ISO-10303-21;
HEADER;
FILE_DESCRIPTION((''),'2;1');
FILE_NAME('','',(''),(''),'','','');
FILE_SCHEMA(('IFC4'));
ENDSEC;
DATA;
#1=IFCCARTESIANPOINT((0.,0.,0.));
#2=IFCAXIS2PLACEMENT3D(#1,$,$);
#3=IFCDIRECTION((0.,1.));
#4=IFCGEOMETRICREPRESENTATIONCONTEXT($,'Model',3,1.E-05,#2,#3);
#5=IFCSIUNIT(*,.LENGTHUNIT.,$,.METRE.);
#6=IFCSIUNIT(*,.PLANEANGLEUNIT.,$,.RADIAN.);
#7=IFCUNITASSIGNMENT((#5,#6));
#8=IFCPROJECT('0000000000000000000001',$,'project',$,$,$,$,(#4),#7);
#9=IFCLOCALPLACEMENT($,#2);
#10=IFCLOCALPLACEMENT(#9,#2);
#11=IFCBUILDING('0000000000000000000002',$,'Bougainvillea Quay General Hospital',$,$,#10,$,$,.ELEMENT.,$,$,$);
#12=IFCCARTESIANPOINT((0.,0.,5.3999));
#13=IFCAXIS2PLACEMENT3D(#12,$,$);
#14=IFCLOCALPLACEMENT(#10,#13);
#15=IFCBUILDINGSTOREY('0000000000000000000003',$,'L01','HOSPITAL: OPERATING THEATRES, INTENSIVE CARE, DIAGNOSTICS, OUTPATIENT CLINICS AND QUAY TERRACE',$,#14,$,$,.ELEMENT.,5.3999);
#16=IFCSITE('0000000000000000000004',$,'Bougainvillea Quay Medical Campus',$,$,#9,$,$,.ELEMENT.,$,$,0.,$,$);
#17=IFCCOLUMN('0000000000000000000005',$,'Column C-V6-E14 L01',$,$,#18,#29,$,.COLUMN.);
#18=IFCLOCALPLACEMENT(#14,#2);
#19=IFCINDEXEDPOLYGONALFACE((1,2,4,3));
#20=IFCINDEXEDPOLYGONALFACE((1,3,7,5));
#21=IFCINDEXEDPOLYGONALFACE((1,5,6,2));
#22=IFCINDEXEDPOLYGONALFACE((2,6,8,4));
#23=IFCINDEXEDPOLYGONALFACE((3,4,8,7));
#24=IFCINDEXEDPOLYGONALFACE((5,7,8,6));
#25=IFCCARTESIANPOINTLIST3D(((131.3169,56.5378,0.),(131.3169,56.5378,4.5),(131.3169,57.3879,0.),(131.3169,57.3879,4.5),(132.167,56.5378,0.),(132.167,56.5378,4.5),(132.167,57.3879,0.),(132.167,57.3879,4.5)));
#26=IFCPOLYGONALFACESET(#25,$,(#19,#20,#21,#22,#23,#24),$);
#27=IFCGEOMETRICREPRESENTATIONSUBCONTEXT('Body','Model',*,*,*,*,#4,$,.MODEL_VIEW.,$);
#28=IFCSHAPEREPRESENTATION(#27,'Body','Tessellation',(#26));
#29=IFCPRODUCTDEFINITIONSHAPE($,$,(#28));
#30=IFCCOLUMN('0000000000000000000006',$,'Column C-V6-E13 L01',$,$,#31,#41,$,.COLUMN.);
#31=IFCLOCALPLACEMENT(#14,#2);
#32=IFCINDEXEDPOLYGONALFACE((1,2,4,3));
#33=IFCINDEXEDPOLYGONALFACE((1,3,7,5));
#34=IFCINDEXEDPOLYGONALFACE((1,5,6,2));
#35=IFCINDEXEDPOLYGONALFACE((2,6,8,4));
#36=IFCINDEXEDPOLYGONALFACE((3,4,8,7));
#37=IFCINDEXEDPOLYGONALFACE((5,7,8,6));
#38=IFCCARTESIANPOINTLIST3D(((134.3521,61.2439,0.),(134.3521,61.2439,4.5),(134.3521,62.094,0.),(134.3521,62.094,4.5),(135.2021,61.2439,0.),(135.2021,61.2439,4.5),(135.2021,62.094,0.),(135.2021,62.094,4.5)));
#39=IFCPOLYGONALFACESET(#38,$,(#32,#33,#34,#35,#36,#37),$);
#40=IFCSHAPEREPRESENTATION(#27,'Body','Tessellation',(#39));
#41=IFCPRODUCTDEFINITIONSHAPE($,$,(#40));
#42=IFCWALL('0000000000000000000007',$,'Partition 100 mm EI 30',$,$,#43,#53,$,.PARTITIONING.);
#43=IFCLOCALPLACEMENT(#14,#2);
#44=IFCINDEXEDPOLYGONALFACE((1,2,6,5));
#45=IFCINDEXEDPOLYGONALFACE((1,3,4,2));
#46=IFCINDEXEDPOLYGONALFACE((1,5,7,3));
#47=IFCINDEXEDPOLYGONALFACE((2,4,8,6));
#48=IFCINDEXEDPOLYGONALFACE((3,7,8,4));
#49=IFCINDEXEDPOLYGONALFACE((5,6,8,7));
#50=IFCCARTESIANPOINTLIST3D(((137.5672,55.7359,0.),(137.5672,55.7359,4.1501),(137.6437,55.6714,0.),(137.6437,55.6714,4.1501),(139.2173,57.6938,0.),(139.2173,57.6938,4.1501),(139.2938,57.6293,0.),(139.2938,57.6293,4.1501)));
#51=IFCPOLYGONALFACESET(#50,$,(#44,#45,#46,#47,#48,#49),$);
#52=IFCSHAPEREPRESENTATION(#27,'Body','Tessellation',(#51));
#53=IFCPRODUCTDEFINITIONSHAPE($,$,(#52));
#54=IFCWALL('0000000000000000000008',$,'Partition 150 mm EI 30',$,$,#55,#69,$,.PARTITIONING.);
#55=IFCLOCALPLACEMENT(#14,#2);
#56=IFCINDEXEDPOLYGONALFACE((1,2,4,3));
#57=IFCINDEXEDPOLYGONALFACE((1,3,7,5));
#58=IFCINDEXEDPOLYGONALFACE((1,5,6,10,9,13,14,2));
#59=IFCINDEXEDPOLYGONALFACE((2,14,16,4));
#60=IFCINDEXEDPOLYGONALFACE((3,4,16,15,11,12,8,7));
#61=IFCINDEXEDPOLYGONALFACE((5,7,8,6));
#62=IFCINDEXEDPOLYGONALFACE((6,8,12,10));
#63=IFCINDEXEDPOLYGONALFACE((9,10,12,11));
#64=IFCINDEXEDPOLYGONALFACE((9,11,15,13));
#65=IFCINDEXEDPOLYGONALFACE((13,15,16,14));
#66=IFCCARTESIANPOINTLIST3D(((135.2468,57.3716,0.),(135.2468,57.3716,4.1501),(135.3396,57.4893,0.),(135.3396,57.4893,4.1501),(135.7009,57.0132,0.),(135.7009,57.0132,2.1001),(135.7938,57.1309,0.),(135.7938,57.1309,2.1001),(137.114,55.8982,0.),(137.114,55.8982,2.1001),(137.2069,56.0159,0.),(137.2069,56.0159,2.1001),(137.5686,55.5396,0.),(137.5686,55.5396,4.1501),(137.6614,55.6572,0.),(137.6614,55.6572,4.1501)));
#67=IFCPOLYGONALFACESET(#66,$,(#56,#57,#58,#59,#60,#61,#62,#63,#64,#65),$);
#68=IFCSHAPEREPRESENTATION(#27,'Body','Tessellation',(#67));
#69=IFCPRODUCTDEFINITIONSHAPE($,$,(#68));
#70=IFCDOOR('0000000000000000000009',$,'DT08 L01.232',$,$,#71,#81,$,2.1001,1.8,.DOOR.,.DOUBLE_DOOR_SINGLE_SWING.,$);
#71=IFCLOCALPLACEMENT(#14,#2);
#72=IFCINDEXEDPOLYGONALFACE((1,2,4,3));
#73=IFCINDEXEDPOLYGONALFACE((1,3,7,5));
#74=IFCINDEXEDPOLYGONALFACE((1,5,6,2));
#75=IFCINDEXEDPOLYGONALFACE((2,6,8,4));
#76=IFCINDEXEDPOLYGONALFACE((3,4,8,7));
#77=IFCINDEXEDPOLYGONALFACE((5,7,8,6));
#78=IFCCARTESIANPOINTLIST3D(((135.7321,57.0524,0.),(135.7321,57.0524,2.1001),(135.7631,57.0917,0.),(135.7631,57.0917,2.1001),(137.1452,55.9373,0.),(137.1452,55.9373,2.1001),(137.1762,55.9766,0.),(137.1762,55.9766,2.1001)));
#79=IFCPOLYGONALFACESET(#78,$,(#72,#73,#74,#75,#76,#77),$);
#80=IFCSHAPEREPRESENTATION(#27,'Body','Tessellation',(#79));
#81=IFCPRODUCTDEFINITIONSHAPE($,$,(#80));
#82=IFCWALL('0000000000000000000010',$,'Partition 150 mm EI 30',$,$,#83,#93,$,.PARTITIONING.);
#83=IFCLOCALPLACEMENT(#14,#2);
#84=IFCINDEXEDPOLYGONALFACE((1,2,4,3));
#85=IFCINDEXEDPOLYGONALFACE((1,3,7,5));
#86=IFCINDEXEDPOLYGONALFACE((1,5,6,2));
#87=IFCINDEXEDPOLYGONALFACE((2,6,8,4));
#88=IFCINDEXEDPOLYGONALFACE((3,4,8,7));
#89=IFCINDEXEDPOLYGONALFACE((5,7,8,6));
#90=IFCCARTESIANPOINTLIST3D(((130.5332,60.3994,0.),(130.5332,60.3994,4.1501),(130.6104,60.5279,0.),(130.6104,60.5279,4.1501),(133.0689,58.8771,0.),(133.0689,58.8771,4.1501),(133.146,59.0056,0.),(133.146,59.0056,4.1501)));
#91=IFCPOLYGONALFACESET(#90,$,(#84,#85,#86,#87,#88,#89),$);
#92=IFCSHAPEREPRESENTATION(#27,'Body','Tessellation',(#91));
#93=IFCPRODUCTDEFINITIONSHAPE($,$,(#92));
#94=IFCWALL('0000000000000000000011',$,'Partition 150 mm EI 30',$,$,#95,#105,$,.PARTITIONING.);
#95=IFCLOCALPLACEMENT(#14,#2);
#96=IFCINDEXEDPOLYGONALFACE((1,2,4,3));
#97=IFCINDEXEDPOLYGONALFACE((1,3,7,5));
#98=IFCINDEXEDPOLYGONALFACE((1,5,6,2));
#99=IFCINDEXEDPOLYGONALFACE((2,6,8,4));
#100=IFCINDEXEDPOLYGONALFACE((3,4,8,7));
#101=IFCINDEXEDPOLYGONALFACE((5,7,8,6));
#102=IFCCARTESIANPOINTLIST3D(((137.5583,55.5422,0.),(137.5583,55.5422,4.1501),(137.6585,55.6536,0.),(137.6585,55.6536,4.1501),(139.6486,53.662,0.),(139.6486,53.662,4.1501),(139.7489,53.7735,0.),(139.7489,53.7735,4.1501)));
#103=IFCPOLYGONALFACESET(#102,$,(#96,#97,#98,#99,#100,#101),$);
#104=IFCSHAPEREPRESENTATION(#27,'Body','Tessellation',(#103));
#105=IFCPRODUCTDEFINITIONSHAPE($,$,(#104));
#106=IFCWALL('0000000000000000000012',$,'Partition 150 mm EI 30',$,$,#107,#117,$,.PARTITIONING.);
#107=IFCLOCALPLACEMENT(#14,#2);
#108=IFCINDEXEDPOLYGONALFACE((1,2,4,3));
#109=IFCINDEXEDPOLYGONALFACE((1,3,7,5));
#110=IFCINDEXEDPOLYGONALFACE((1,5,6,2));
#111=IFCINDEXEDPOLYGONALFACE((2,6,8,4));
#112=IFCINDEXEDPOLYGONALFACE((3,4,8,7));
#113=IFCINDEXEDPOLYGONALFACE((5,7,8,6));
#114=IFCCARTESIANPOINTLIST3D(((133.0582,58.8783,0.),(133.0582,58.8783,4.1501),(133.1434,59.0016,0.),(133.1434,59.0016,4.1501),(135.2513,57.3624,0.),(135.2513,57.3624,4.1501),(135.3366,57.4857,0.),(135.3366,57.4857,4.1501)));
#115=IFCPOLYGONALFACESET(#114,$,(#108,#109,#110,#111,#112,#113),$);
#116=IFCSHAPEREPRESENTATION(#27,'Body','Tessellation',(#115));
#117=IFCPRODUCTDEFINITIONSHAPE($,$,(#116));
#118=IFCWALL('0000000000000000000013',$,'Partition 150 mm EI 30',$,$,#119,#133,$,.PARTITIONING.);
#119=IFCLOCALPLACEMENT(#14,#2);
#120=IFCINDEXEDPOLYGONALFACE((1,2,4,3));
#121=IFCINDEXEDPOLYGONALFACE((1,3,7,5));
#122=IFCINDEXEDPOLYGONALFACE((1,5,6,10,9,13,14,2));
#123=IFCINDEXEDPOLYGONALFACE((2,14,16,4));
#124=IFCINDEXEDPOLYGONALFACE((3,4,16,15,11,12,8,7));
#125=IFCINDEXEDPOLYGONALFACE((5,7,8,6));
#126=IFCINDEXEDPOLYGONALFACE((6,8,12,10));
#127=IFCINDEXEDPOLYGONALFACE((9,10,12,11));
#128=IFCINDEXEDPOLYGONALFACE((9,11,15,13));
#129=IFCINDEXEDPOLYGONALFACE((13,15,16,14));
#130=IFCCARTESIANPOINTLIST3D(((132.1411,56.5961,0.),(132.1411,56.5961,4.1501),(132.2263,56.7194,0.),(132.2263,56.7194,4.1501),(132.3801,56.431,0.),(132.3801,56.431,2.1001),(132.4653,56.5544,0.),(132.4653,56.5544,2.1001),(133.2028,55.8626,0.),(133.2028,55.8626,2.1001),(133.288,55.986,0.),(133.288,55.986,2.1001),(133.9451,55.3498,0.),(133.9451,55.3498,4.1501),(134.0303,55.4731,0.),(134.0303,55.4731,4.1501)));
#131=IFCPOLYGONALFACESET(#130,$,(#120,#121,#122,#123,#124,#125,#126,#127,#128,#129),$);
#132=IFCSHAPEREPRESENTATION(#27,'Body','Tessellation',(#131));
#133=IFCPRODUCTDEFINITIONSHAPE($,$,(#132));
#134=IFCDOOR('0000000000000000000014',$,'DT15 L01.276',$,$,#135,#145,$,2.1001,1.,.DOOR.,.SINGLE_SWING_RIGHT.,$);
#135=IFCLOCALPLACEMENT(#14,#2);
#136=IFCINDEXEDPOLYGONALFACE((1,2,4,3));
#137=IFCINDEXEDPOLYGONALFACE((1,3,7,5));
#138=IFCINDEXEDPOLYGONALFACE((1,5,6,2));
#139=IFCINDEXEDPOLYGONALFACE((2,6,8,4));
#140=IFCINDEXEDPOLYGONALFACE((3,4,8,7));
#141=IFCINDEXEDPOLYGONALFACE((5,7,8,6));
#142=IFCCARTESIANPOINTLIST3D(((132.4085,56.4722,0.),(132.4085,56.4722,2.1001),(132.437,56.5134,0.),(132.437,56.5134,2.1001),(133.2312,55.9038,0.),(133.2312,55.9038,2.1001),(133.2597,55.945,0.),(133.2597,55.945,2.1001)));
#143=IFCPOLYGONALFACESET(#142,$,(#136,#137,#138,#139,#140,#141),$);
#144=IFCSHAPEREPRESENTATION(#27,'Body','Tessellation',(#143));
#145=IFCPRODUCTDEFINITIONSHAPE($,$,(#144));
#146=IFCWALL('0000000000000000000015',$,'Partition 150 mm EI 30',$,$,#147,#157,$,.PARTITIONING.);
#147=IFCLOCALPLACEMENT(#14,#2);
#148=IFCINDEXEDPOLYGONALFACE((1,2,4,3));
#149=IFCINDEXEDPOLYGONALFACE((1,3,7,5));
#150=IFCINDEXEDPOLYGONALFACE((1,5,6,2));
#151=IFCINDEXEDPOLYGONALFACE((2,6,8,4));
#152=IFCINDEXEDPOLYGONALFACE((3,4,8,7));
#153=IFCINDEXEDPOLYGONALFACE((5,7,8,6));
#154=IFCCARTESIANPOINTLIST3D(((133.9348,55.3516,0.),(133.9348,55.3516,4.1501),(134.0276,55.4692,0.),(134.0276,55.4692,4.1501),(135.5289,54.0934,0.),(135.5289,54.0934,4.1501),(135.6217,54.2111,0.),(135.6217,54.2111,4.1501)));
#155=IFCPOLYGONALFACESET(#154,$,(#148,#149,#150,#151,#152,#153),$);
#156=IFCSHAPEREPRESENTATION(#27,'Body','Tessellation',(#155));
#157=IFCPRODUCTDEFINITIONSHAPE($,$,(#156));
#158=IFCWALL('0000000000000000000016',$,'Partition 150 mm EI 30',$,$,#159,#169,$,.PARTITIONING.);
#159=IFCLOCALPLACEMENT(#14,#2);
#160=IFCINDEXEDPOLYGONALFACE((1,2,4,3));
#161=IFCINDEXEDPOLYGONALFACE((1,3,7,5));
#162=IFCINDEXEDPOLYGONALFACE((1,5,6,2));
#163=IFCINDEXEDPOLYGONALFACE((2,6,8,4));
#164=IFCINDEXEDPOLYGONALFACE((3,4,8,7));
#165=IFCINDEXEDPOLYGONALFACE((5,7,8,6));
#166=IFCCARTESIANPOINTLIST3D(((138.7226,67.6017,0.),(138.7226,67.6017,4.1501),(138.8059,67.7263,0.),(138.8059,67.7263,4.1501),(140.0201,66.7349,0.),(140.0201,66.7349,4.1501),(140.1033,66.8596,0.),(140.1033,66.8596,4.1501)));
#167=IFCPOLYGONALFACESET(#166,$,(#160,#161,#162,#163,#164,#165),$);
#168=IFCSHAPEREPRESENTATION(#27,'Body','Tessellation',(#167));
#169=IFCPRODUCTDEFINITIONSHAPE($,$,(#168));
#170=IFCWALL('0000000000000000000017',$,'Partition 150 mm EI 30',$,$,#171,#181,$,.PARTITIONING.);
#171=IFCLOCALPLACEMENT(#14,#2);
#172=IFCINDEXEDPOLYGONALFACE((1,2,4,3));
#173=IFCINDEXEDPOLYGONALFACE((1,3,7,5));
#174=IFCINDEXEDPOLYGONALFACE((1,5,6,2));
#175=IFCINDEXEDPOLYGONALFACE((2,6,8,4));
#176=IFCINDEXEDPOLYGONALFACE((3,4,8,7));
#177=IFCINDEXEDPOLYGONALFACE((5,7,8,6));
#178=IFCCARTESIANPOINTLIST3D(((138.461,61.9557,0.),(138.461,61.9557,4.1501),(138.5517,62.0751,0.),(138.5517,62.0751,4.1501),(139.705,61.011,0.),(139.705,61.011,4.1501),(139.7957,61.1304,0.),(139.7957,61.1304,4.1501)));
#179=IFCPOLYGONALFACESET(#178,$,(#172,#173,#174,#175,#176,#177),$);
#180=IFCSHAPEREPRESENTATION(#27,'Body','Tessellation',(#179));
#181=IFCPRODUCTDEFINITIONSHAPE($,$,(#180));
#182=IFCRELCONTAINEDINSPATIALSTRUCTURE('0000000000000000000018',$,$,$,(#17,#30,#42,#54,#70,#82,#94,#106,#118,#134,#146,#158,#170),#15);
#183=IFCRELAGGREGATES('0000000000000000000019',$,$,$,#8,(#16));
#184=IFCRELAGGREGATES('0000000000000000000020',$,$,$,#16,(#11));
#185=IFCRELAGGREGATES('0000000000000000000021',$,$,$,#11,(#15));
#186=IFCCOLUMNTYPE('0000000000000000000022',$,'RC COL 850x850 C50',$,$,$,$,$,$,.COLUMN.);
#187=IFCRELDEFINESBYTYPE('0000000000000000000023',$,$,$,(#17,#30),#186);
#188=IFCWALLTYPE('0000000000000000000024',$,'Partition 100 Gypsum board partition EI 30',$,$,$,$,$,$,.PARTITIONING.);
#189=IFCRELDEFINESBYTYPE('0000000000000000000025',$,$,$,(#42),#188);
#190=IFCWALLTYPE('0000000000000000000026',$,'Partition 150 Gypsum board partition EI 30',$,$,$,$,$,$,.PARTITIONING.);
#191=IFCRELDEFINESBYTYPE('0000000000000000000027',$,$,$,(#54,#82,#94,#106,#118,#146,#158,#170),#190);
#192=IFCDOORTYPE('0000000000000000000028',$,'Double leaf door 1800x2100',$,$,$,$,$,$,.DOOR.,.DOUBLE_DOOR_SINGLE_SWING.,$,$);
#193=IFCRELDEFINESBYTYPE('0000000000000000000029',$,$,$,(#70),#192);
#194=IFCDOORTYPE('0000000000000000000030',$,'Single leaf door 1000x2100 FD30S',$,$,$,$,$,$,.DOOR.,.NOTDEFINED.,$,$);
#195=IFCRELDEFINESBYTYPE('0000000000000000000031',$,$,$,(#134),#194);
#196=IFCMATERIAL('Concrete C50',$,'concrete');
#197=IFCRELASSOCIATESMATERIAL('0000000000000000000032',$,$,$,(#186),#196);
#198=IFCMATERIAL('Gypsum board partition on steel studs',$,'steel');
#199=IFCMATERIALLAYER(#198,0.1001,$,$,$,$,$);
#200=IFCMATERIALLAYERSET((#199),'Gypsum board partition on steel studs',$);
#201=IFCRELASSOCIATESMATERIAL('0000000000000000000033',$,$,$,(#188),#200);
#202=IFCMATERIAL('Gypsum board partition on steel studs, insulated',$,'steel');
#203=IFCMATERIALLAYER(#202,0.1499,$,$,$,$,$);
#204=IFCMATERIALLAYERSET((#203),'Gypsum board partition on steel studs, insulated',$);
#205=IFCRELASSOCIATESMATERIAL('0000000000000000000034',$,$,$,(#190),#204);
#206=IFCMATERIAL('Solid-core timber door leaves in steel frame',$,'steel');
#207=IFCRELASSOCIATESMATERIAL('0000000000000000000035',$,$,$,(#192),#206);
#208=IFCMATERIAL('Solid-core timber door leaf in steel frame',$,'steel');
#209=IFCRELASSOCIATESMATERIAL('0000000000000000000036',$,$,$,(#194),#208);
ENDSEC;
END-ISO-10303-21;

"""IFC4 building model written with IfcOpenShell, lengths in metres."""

from ifc_helpers import new_model, si_unit, direction, frame, frame_2d, origin, origin_2d, place, context, subcontext, project, spatial, rectangle, extrude, material, layer, layer_set, material_profile, profile_set, type_object, element, fill, save


model = new_model("IFC4")

# Units and contexts
model_context = context("Model", 3, precision=1e-05, world=origin(), true_north=direction((0.0, 1.0)))
body_context = subcontext(model_context, "Body", "Model", "MODEL_VIEW")
ifc_project = project(units=[si_unit("LENGTHUNIT", "METRE"), si_unit("PLANEANGLEUNIT", "RADIAN")], contexts=[model_context])

# Site, building, storey
site_placement = place(None, origin())
site = spatial("IfcSite", under=ifc_project, at=site_placement, Name="Bougainvillea Quay Medical Campus", CompositionType="ELEMENT", RefElevation=0.0)
building_placement = place(site_placement, origin())
building = spatial("IfcBuilding", under=site, at=building_placement, Name="Bougainvillea Quay General Hospital", CompositionType="ELEMENT")
storey_placement = place(building_placement, frame((0.0, 0.0, 5.3999)))
storey = spatial("IfcBuildingStorey", under=building, at=storey_placement, Name="L01", Description="HOSPITAL: OPERATING THEATRES, INTENSIVE CARE, DIAGNOSTICS, OUTPATIENT CLINICS AND QUAY TERRACE", CompositionType="ELEMENT", Elevation=5.3999)

# Columns
ifc_material_1 = material(Name="Concrete C50", Category="concrete")
ifc_material_profile = material_profile(ifc_material_1, rectangle(XDim=0.8501, YDim=0.8501, at=origin_2d()))
ifc_profile_set = profile_set([ifc_material_profile], Name="Concrete C50")
column_type = type_object("IfcColumnType", Name="RC COL 850x850 C50", PredefinedType="COLUMN", material=ifc_profile_set)
for number, where, z_axis, x_axis, name in (
    (1, (131.7419, 56.9629, 0.0), (0.0, 0.0, 1.0), (1.0, 0.0, 0.0), "Column C-V6-E14 L01"),
    (2, (134.7771, 61.6689, 0.0), (0.0, 0.0, 1.0), (1.0, 0.0, 0.0), "Column C-V6-E13 L01"),
):
    element("IfcColumn", number, at=place(storey_placement, frame(where, z_axis=z_axis, x_axis=x_axis)), inside=storey, type_object=column_type, Name=name, PredefinedType="COLUMN", context=body_context, shape_type="SweptSolid", body=[
        extrude(rectangle(XDim=0.8501, YDim=0.8501, at=origin_2d()), origin(), (0.0, 0.0, 1.0), 4.5),
    ])

# Wall
ifc_material_2 = material(Name="Gypsum board partition on steel studs", Category="steel")
ifc_layer_1 = layer(ifc_material_2, 0.1001)
ifc_layer_set_1 = layer_set([ifc_layer_1], Name="Gypsum board partition on steel studs")
wall_type_1 = type_object("IfcWallType", Name="Partition 100 Gypsum board partition EI 30", PredefinedType="PARTITIONING", material=ifc_layer_set_1)
wall_1_placement = place(storey_placement, frame((137.6055, 55.7036, 0.0), z_axis=(0.0, 0.0, 1.0), x_axis=(0.644432, 0.764661, 0.0)))
element("IfcWall", 3, at=wall_1_placement, inside=storey, type_object=wall_type_1, Name="Partition 100 mm EI 30", PredefinedType="PARTITIONING", context=body_context, shape_type="SweptSolid", body=[
    extrude(rectangle(XDim=2.5605, YDim=0.1001, at=frame_2d((1.2803, 0.0))), origin(), (0.0, 0.0, 1.0), 4.1501),
])

# Wall, opening, door
ifc_material_3 = material(Name="Gypsum board partition on steel studs, insulated", Category="steel")
ifc_layer_2 = layer(ifc_material_3, 0.1499)
ifc_layer_set_2 = layer_set([ifc_layer_2], Name="Gypsum board partition on steel studs, insulated")
wall_type_2 = type_object("IfcWallType", Name="Partition 150 Gypsum board partition EI 30", PredefinedType="PARTITIONING", material=ifc_layer_set_2)
wall_2_placement = place(storey_placement, frame((135.2932, 57.4304, 0.0), z_axis=(0.0, 0.0, 1.0), x_axis=(0.785039, -0.619446, 0.0)))
wall_2 = element("IfcWall", 4, at=wall_2_placement, inside=storey, type_object=wall_type_2, Name="Partition 150 mm EI 30", PredefinedType="PARTITIONING", context=body_context, shape_type="SweptSolid", body=[
    extrude(rectangle(XDim=2.9575, YDim=0.1499, at=frame_2d((1.4788, 0.0))), origin(), (0.0, 0.0, 1.0), 4.1501),
])
opening_1_placement = place(wall_2_placement, frame((0.5786, 0.0, 0.0)))
opening_1 = element("IfcOpeningElement", 5, at=opening_1_placement, cuts=wall_2, PredefinedType="OPENING", context=body_context, shape_type="SweptSolid", body=[
    extrude(rectangle(XDim=1.8, YDim=2.1001, at=frame_2d((0.8999, 1.05))), frame((0.0, 0.085, 0.0), z_axis=(0.0, -1.0, 0.0), x_axis=(1.0, 0.0, 0.0)), (0.0, 0.0, 1.0), 0.1699),
])
ifc_material_4 = material(Name="Solid-core timber door leaves in steel frame", Category="steel")
door_type_1 = type_object("IfcDoorType", Name="Double leaf door 1800x2100", OperationType="DOUBLE_DOOR_SINGLE_SWING", PredefinedType="DOOR", material=ifc_material_4)
door_1_placement = place(opening_1_placement, frame((1.8, 0.0, 0.0), z_axis=(0.0, 0.0, 1.0), x_axis=(-1.0, 0.0, 0.0)))
door_1 = element("IfcDoor", 6, at=door_1_placement, inside=storey, type_object=door_type_1, Name="DT08 L01.232", OperationType="DOUBLE_DOOR_SINGLE_SWING", OverallHeight=2.1001, OverallWidth=1.8, PredefinedType="DOOR", context=body_context, shape_type="SweptSolid", body=[
    extrude(rectangle(XDim=1.8, YDim=2.1001, at=frame_2d((0.8999, 1.05))), frame((0.0, 0.0249, 0.0), z_axis=(0.0, -1.0, 0.0), x_axis=(1.0, 0.0, 0.0)), (0.0, 0.0, 1.0), 0.05),
])
fill(opening_1, door_1)

# Walls
wall_3_placement = place(storey_placement, frame((130.5718, 60.4636, 0.0), z_axis=(0.0, 0.0, 1.0), x_axis=(0.857369, -0.514702, 0.0)))
element("IfcWall", 7, at=wall_3_placement, inside=storey, type_object=wall_type_2, Name="Partition 150 mm EI 30", PredefinedType="PARTITIONING", context=body_context, shape_type="SweptSolid", body=[
    extrude(rectangle(XDim=2.9575, YDim=0.1499, at=frame_2d((1.4788, 0.0))), origin(), (0.0, 0.0, 1.0), 4.1501),
])
wall_4_placement = place(storey_placement, frame((137.6084, 55.5979, 0.0), z_axis=(0.0, 0.0, 1.0), x_axis=(0.743501, -0.668734, 0.0)))
element("IfcWall", 8, at=wall_4_placement, inside=storey, type_object=wall_type_2, Name="Partition 150 mm EI 30", PredefinedType="PARTITIONING", context=body_context, shape_type="SweptSolid", body=[
    extrude(rectangle(XDim=2.8115, YDim=0.1499, at=frame_2d((1.4058, 0.0))), origin(), (0.0, 0.0, 1.0), 4.1501),
])
wall_5_placement = place(storey_placement, frame((133.1008, 58.9399, 0.0), z_axis=(0.0, 0.0, 1.0), x_axis=(0.822621, -0.568591, 0.0)))
element("IfcWall", 9, at=wall_5_placement, inside=storey, type_object=wall_type_2, Name="Partition 150 mm EI 30", PredefinedType="PARTITIONING", context=body_context, shape_type="SweptSolid", body=[
    extrude(rectangle(XDim=2.666, YDim=0.1499, at=frame_2d((1.333, 0.0))), origin(), (0.0, 0.0, 1.0), 4.1501),
])

# Wall, opening, door
wall_6_placement = place(storey_placement, frame((132.1838, 56.6577, 0.0), z_axis=(0.0, 0.0, 1.0), x_axis=(0.822737, -0.568422, 0.0)))
wall_6 = element("IfcWall", 10, at=wall_6_placement, inside=storey, type_object=wall_type_2, Name="Partition 150 mm EI 30", PredefinedType="PARTITIONING", context=body_context, shape_type="SweptSolid", body=[
    extrude(rectangle(XDim=2.1926, YDim=0.1499, at=frame_2d((1.0962, 0.0))), origin(), (0.0, 0.0, 1.0), 4.1501),
])
opening_2_placement = place(wall_6_placement, frame((0.2903, 0.0, 0.0)))
opening_2 = element("IfcOpeningElement", 11, at=opening_2_placement, cuts=wall_6, PredefinedType="OPENING", context=body_context, shape_type="SweptSolid", body=[
    extrude(rectangle(XDim=1.0, YDim=2.1001, at=frame_2d((0.5, 1.05))), frame((0.0, 0.085, 0.0), z_axis=(0.0, -1.0, 0.0), x_axis=(1.0, 0.0, 0.0)), (0.0, 0.0, 1.0), 0.1699),
])
ifc_material_5 = material(Name="Solid-core timber door leaf in steel frame", Category="steel")
door_type_2 = type_object("IfcDoorType", Name="Single leaf door 1000x2100 FD30S", OperationType="NOTDEFINED", PredefinedType="DOOR", material=ifc_material_5)
door_2_placement = place(opening_2_placement, frame((1.0, 0.0, 0.0), z_axis=(0.0, 0.0, 1.0), x_axis=(-1.0, 0.0, 0.0)))
door_2 = element("IfcDoor", 12, at=door_2_placement, inside=storey, type_object=door_type_2, Name="DT15 L01.276", OperationType="SINGLE_SWING_RIGHT", OverallHeight=2.1001, OverallWidth=1.0, PredefinedType="DOOR", context=body_context, shape_type="SweptSolid", body=[
    extrude(rectangle(XDim=1.0, YDim=2.1001, at=frame_2d((0.5, 1.05))), frame((0.0, 0.0249, 0.0), z_axis=(0.0, -1.0, 0.0), x_axis=(1.0, 0.0, 0.0)), (0.0, 0.0, 1.0), 0.05),
])
fill(opening_2, door_2)

# Walls
wall_7_placement = place(storey_placement, frame((133.9812, 55.4104, 0.0), z_axis=(0.0, 0.0, 1.0), x_axis=(0.784969, -0.619535, 0.0)))
element("IfcWall", 13, at=wall_7_placement, inside=storey, type_object=wall_type_2, Name="Partition 150 mm EI 30", PredefinedType="PARTITIONING", context=body_context, shape_type="SweptSolid", body=[
    extrude(rectangle(XDim=2.0308, YDim=0.1499, at=frame_2d((1.0154, 0.0))), origin(), (0.0, 0.0, 1.0), 4.1501),
])
wall_8_placement = place(storey_placement, frame((138.7642, 67.6641, 0.0), z_axis=(0.0, 0.0, 1.0), x_axis=(0.83152, -0.555494, 0.0)))
element("IfcWall", 14, at=wall_8_placement, inside=storey, type_object=wall_type_2, Name="Partition 150 mm EI 30", PredefinedType="PARTITIONING", context=body_context, shape_type="SweptSolid", body=[
    extrude(rectangle(XDim=1.5603, YDim=0.1499, at=frame_2d((0.7803, 0.0))), origin(), (0.0, 0.0, 1.0), 4.1501),
])
wall_9_placement = place(storey_placement, frame((138.5063, 62.0154, 0.0), z_axis=(0.0, 0.0, 1.0), x_axis=(0.796403, -0.604766, 0.0)))
element("IfcWall", 15, at=wall_9_placement, inside=storey, type_object=wall_type_2, Name="Partition 150 mm EI 30", PredefinedType="PARTITIONING", context=body_context, shape_type="SweptSolid", body=[
    extrude(rectangle(XDim=1.562, YDim=0.1499, at=frame_2d((0.781, 0.0))), origin(), (0.0, 0.0, 1.0), 4.1501),
])

save(model, "model.ifc")
